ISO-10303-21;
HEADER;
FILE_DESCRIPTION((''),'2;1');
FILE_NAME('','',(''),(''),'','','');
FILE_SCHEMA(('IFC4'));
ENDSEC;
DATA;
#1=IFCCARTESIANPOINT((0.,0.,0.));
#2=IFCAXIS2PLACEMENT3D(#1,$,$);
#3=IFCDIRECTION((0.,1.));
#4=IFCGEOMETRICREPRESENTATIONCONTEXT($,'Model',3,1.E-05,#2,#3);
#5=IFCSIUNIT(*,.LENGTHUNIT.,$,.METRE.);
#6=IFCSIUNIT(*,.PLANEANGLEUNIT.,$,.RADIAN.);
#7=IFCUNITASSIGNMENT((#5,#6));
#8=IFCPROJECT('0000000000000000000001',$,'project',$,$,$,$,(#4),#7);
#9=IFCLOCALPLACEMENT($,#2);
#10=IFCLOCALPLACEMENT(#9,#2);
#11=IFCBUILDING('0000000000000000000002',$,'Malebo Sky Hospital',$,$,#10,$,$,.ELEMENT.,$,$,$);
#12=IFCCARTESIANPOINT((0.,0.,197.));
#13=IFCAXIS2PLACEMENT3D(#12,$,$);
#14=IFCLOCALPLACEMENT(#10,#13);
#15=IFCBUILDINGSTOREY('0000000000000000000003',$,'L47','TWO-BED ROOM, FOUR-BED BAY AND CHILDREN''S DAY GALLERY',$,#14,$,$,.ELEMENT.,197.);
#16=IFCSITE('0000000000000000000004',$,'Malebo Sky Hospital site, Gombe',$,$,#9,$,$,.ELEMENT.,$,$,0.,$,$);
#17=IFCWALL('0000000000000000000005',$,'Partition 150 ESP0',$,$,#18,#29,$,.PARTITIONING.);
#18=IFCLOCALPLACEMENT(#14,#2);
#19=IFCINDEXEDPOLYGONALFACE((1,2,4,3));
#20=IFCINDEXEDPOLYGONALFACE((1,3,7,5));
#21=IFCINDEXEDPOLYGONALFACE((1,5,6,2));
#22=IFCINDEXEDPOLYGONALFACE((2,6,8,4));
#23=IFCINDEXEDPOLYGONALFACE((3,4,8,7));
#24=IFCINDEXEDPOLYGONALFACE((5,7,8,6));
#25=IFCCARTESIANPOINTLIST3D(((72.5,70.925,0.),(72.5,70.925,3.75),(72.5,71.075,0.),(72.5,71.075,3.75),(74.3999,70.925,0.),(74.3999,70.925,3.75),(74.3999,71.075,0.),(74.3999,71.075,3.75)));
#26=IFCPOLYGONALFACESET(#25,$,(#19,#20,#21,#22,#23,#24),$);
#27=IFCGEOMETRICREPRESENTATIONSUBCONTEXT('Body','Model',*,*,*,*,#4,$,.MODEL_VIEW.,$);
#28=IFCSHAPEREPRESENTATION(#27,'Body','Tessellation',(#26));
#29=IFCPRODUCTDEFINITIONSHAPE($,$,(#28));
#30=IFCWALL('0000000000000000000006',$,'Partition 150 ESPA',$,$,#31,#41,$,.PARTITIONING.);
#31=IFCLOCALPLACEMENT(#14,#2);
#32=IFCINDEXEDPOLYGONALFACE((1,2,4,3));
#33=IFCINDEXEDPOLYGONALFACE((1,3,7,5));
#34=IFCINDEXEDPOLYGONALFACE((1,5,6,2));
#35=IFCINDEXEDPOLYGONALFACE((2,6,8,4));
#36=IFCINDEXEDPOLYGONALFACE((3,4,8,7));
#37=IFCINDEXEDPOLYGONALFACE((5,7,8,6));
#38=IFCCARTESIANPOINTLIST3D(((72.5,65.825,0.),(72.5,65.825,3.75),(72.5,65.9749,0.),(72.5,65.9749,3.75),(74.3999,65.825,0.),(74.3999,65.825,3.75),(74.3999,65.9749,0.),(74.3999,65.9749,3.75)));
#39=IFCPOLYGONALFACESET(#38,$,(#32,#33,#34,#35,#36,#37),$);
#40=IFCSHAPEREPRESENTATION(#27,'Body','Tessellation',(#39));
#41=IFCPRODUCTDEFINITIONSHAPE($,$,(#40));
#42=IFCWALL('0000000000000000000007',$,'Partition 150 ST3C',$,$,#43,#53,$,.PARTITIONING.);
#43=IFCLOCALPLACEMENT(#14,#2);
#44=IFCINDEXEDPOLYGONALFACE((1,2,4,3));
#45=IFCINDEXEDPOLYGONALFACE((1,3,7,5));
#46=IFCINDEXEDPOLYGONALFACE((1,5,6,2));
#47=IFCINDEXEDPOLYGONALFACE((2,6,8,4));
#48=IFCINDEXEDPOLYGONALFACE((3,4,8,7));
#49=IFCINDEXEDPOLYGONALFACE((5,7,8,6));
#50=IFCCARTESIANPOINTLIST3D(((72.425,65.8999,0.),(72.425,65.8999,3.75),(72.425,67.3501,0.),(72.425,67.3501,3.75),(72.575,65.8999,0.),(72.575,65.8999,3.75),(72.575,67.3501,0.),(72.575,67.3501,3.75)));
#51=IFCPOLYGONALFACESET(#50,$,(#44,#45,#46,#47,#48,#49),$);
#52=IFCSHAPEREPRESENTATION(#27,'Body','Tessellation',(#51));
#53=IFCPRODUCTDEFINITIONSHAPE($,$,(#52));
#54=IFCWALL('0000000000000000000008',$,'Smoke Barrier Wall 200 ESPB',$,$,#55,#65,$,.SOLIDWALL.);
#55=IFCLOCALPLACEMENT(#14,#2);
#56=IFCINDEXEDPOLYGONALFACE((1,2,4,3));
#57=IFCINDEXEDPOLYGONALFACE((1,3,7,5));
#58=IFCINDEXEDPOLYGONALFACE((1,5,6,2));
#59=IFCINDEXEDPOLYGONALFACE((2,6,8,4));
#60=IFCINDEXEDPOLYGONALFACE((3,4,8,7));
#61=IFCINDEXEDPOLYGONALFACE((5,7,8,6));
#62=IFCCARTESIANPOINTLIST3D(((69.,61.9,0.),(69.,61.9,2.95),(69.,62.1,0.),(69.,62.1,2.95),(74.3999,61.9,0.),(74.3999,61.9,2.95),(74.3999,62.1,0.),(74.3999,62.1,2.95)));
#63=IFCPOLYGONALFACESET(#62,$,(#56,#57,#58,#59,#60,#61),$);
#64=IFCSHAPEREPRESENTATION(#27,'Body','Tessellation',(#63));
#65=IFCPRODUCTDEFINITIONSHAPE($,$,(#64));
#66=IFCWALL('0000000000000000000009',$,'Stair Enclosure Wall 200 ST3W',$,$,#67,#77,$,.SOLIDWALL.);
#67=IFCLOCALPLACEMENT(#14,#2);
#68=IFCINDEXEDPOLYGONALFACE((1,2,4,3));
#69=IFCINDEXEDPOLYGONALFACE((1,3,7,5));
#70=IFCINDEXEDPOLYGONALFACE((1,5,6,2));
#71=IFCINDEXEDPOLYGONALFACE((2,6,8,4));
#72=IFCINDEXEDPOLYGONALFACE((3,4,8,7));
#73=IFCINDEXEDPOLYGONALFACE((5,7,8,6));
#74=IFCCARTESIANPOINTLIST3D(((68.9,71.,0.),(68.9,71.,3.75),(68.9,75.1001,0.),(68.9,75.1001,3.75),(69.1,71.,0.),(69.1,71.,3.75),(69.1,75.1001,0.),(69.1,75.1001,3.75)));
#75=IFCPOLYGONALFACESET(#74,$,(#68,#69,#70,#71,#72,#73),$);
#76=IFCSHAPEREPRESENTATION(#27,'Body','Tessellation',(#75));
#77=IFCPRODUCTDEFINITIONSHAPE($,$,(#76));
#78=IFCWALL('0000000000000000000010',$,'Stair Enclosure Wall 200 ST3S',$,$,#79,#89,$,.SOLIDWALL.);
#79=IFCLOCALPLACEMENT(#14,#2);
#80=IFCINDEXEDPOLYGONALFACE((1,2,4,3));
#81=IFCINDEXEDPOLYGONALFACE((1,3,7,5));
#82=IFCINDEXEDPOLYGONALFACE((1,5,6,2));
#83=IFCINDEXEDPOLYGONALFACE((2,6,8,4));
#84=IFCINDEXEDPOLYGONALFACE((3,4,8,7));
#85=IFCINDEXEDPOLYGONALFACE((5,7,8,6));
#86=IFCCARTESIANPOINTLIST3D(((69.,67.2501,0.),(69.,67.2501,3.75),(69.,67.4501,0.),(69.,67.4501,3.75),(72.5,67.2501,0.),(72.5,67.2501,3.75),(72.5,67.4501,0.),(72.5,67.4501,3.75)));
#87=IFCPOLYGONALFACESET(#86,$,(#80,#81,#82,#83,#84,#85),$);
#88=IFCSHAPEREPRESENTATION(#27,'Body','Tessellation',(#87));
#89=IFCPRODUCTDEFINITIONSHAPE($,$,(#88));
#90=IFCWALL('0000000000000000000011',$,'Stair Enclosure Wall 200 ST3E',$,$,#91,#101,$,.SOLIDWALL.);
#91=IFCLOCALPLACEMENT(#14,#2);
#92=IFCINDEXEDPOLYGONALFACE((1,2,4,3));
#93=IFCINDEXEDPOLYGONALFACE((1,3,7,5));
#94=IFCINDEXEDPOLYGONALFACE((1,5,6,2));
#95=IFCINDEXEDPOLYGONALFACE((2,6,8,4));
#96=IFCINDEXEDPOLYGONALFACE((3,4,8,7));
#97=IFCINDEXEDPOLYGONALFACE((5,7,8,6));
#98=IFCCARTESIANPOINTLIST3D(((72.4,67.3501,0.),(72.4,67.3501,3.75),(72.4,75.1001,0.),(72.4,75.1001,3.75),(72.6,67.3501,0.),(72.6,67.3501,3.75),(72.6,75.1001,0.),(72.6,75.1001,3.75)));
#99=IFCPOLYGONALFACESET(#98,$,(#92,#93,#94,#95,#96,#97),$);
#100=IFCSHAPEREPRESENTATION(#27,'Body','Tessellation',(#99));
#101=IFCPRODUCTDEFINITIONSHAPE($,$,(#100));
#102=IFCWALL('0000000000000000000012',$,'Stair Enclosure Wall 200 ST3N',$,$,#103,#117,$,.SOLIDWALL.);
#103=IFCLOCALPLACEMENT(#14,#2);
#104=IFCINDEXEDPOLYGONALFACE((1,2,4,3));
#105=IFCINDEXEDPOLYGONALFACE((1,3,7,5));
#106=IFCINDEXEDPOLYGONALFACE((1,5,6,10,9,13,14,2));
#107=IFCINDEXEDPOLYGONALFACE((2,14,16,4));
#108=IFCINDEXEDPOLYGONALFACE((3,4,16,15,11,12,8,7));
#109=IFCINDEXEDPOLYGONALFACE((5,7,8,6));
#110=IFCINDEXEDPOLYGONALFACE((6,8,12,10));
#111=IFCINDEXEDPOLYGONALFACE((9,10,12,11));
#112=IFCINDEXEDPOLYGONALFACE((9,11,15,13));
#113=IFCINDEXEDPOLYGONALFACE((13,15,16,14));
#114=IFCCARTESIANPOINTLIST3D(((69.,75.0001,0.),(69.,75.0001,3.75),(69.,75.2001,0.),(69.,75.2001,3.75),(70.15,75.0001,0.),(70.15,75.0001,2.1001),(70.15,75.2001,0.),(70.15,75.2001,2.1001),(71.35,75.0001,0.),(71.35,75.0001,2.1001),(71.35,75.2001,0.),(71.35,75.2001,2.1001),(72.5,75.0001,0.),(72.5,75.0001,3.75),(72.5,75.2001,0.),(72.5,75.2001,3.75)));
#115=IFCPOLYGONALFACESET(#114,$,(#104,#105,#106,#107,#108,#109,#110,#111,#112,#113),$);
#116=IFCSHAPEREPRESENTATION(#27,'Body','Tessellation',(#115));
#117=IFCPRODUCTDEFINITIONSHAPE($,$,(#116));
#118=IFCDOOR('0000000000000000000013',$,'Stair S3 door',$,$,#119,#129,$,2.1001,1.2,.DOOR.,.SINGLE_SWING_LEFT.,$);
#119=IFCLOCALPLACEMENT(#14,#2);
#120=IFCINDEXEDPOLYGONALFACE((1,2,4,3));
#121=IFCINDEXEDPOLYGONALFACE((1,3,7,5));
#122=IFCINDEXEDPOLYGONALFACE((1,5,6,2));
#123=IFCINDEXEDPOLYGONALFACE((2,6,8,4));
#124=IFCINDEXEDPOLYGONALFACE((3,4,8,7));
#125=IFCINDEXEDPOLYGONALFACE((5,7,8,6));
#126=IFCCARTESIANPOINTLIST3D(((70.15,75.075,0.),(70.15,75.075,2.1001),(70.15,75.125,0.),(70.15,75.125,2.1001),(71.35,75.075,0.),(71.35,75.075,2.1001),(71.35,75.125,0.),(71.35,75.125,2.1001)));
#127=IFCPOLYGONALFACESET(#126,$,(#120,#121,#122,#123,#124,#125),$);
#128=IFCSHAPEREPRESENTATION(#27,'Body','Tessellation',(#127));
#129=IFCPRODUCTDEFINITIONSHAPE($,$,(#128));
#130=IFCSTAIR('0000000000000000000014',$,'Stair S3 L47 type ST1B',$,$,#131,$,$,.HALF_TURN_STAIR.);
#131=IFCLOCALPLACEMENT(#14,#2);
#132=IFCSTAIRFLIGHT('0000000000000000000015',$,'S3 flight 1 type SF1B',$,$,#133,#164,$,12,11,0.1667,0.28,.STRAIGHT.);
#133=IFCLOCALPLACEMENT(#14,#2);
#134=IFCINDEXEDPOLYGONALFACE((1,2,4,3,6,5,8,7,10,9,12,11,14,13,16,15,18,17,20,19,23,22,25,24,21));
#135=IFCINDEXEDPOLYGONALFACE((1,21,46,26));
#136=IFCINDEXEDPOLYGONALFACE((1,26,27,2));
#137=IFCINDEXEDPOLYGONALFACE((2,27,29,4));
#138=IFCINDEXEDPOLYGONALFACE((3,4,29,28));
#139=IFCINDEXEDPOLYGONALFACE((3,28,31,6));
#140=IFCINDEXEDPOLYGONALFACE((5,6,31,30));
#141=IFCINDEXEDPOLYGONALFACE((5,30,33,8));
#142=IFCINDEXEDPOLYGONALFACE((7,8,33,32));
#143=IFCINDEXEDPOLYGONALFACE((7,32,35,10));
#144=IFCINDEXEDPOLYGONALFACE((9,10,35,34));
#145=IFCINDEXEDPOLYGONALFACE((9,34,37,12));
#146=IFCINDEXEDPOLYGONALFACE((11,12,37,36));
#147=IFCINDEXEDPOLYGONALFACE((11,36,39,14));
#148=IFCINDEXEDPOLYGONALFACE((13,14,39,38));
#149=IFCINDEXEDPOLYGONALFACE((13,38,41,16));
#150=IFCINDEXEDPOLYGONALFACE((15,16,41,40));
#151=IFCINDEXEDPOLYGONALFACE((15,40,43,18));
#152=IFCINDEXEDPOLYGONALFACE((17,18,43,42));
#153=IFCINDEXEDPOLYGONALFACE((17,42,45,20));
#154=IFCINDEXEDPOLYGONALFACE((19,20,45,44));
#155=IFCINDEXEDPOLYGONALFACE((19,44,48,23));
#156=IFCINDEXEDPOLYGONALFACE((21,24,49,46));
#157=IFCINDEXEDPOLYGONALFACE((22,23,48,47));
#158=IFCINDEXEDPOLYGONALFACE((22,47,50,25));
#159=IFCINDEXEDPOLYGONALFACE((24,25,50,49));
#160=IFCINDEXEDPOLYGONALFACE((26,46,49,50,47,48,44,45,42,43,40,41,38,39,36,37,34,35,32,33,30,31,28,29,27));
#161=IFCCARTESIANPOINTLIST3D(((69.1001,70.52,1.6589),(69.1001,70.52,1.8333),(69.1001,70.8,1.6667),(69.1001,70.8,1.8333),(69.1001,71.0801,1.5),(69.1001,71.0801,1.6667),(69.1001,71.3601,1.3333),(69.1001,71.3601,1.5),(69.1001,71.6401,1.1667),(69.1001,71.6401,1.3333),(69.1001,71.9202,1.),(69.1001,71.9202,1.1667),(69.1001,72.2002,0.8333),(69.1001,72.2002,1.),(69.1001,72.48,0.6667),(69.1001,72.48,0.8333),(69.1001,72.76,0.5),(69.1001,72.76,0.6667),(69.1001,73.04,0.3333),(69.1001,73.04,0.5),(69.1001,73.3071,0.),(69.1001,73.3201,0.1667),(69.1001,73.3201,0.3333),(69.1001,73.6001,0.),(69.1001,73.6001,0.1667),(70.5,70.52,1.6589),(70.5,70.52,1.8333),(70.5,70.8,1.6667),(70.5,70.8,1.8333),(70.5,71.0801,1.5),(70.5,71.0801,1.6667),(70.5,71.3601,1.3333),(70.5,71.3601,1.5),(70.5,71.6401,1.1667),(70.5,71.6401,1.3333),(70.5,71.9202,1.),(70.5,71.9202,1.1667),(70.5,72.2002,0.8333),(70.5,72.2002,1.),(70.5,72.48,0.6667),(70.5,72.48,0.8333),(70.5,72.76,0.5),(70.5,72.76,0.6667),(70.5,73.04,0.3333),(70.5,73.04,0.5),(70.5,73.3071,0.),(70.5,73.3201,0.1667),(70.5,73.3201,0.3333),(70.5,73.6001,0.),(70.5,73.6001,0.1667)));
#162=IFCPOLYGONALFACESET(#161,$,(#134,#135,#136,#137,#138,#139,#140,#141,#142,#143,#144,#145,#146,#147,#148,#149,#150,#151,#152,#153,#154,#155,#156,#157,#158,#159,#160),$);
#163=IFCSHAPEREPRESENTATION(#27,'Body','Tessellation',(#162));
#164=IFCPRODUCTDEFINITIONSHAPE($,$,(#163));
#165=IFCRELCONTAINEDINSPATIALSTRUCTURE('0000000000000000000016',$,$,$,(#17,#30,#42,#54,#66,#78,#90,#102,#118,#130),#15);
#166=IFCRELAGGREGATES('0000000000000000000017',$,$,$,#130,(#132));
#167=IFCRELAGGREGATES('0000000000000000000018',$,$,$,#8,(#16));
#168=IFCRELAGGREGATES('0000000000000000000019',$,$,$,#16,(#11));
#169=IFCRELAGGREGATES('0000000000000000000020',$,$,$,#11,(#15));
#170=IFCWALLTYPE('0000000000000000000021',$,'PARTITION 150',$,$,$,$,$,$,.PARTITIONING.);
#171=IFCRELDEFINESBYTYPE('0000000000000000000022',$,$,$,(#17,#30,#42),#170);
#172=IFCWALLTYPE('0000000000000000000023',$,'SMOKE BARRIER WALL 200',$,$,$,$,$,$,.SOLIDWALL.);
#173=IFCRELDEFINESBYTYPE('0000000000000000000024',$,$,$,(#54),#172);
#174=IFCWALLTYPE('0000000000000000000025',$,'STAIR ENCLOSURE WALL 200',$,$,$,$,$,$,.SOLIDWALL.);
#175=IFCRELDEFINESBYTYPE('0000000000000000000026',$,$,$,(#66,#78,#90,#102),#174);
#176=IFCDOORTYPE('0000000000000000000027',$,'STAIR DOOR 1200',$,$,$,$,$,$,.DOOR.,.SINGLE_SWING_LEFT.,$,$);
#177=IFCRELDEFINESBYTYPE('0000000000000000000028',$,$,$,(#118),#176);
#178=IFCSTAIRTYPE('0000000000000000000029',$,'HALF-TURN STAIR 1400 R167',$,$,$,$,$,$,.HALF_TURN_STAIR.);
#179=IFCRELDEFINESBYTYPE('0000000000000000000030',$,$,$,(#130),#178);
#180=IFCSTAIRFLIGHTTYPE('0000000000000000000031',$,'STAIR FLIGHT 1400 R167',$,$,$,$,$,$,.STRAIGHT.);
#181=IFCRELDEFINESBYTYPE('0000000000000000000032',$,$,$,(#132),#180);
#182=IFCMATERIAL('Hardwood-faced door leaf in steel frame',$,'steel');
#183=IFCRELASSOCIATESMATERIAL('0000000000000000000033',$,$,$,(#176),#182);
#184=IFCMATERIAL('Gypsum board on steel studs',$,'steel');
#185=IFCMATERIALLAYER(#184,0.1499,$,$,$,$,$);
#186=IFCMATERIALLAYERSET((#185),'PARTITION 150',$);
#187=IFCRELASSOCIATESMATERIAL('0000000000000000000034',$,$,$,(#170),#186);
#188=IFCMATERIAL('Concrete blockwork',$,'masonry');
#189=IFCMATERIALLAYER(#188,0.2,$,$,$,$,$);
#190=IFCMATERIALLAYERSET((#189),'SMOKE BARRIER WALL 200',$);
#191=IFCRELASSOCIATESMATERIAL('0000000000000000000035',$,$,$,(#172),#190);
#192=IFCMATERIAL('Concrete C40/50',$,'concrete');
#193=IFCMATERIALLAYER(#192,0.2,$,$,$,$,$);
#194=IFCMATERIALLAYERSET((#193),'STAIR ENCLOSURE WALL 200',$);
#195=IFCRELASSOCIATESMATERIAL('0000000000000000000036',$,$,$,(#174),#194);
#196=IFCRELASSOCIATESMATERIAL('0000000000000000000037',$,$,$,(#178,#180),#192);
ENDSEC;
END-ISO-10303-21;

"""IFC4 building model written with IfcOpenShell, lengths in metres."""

from ifc_helpers import new_model, si_unit, direction, frame, frame_2d, origin, place, context, subcontext, project, spatial, polyline, rectangle, outline, extrude, material, layer, layer_set, type_object, element, fill, aggregate, save


model = new_model("IFC4")

# Units and contexts
model_context = context("Model", 3, precision=1e-05, world=origin(), true_north=direction((0.0, 1.0)))
body_context = subcontext(model_context, "Body", "Model", "MODEL_VIEW")
ifc_project = project(units=[si_unit("LENGTHUNIT", "METRE"), si_unit("PLANEANGLEUNIT", "RADIAN")], contexts=[model_context])

# Site, building, storey
site_placement = place(None, origin())
site = spatial("IfcSite", under=ifc_project, at=site_placement, Name="Malebo Sky Hospital site, Gombe", CompositionType="ELEMENT", RefElevation=0.0)
building_placement = place(site_placement, origin())
building = spatial("IfcBuilding", under=site, at=building_placement, Name="Malebo Sky Hospital", CompositionType="ELEMENT")
storey_placement = place(building_placement, frame((0.0, 0.0, 197.0)))
storey = spatial("IfcBuildingStorey", under=building, at=storey_placement, Name="L47", Description="TWO-BED ROOM, FOUR-BED BAY AND CHILDREN'S DAY GALLERY", CompositionType="ELEMENT", Elevation=197.0)

# Shared definitions
ifc_material_1 = material(Name="Hardwood-faced door leaf in steel frame", Category="steel")
door_type_1 = type_object("IfcDoorType", Name="STAIR DOOR 1200", OperationType="SINGLE_SWING_LEFT", PredefinedType="DOOR", material=ifc_material_1)
ifc_material_2 = material(Name="Gypsum board on steel studs", Category="steel")

# Shared definitions
ifc_layer_1 = layer(ifc_material_2, 0.1499)
ifc_layer_set_1 = layer_set([ifc_layer_1], Name="PARTITION 150")
wall_type_1 = type_object("IfcWallType", Name="PARTITION 150", PredefinedType="PARTITIONING", material=ifc_layer_set_1)

# Walls
for number, where, z_axis, x_axis, name in (
    (1, (72.5, 71.0, 0.0), (0.0, 0.0, 1.0), (1.0, 0.0, 0.0), "Partition 150 ESP0"),
    (2, (72.5, 65.8999, 0.0), (0.0, 0.0, 1.0), (1.0, 0.0, 0.0), "Partition 150 ESPA"),
):
    element("IfcWall", number, at=place(storey_placement, frame(where, z_axis=z_axis, x_axis=x_axis)), inside=storey, type_object=wall_type_1, Name=name, PredefinedType="PARTITIONING", context=body_context, shape_type="SweptSolid", body=[
        extrude(rectangle(XDim=1.8999, YDim=0.1499, at=frame_2d((0.95, 0.0))), origin(), (0.0, 0.0, 1.0), 3.75),
    ])
wall_1_placement = place(storey_placement, frame((72.5, 65.8999, 0.0), z_axis=(0.0, 0.0, 1.0), x_axis=(0.0, 1.0, 0.0)))
element("IfcWall", 3, at=wall_1_placement, inside=storey, type_object=wall_type_1, Name="Partition 150 ST3C", PredefinedType="PARTITIONING", context=body_context, shape_type="SweptSolid", body=[
    extrude(rectangle(XDim=1.4502, YDim=0.1499, at=frame_2d((0.7251, 0.0))), origin(), (0.0, 0.0, 1.0), 3.75),
])
ifc_material_3 = material(Name="Concrete blockwork", Category="masonry")
ifc_layer_2 = layer(ifc_material_3, 0.2)
ifc_layer_set_2 = layer_set([ifc_layer_2], Name="SMOKE BARRIER WALL 200")
wall_type_2 = type_object("IfcWallType", Name="SMOKE BARRIER WALL 200", PredefinedType="SOLIDWALL", material=ifc_layer_set_2)
wall_2_placement = place(storey_placement, frame((69.0, 62.0, 0.0), z_axis=(0.0, 0.0, 1.0), x_axis=(1.0, 0.0, 0.0)))
element("IfcWall", 4, at=wall_2_placement, inside=storey, type_object=wall_type_2, Name="Smoke Barrier Wall 200 ESPB", PredefinedType="SOLIDWALL", context=body_context, shape_type="SweptSolid", body=[
    extrude(rectangle(XDim=5.3999, YDim=0.2, at=frame_2d((2.7, 0.0))), origin(), (0.0, 0.0, 1.0), 2.95),
])
ifc_material_4 = material(Name="Concrete C40/50", Category="concrete")
ifc_layer_3 = layer(ifc_material_4, 0.2)
ifc_layer_set_3 = layer_set([ifc_layer_3], Name="STAIR ENCLOSURE WALL 200")
wall_type_3 = type_object("IfcWallType", Name="STAIR ENCLOSURE WALL 200", PredefinedType="SOLIDWALL", material=ifc_layer_set_3)
wall_3_placement = place(storey_placement, frame((69.0, 71.0, 0.0), z_axis=(0.0, 0.0, 1.0), x_axis=(0.0, 1.0, 0.0)))
element("IfcWall", 5, at=wall_3_placement, inside=storey, type_object=wall_type_3, Name="Stair Enclosure Wall 200 ST3W", PredefinedType="SOLIDWALL", context=body_context, shape_type="SweptSolid", body=[
    extrude(rectangle(XDim=4.1001, YDim=0.2, at=frame_2d((2.05, 0.0))), origin(), (0.0, 0.0, 1.0), 3.75),
])
wall_4_placement = place(storey_placement, frame((69.0, 67.3501, 0.0), z_axis=(0.0, 0.0, 1.0), x_axis=(1.0, 0.0, 0.0)))
element("IfcWall", 6, at=wall_4_placement, inside=storey, type_object=wall_type_3, Name="Stair Enclosure Wall 200 ST3S", PredefinedType="SOLIDWALL", context=body_context, shape_type="SweptSolid", body=[
    extrude(rectangle(XDim=3.5, YDim=0.2, at=frame_2d((1.75, 0.0))), origin(), (0.0, 0.0, 1.0), 3.75),
])
wall_5_placement = place(storey_placement, frame((72.5, 67.3501, 0.0), z_axis=(0.0, 0.0, 1.0), x_axis=(0.0, 1.0, 0.0)))
element("IfcWall", 7, at=wall_5_placement, inside=storey, type_object=wall_type_3, Name="Stair Enclosure Wall 200 ST3E", PredefinedType="SOLIDWALL", context=body_context, shape_type="SweptSolid", body=[
    extrude(rectangle(XDim=7.75, YDim=0.2, at=frame_2d((3.875, 0.0))), origin(), (0.0, 0.0, 1.0), 3.75),
])

# Wall, opening, door
wall_6_placement = place(storey_placement, frame((69.0, 75.1001, 0.0), z_axis=(0.0, 0.0, 1.0), x_axis=(1.0, 0.0, 0.0)))
wall_6 = element("IfcWall", 8, at=wall_6_placement, inside=storey, type_object=wall_type_3, Name="Stair Enclosure Wall 200 ST3N", PredefinedType="SOLIDWALL", context=body_context, shape_type="SweptSolid", body=[
    extrude(rectangle(XDim=3.5, YDim=0.2, at=frame_2d((1.75, 0.0))), origin(), (0.0, 0.0, 1.0), 3.75),
])
opening_1_placement = place(wall_6_placement, frame((1.1499, 0.0, 0.0)))
opening_1 = element("IfcOpeningElement", 9, at=opening_1_placement, cuts=wall_6, PredefinedType="OPENING", context=body_context, shape_type="SweptSolid", body=[
    extrude(rectangle(XDim=1.2, YDim=2.1001, at=frame_2d((0.6001, 1.05))), frame((0.0, 0.1099, 0.0), z_axis=(0.0, -1.0, 0.0), x_axis=(1.0, 0.0, 0.0)), (0.0, 0.0, 1.0), 0.22),
])
door_1_placement = place(opening_1_placement, origin())
door_1 = element("IfcDoor", 10, at=door_1_placement, inside=storey, type_object=door_type_1, Name="Stair S3 door", OperationType="SINGLE_SWING_LEFT", OverallHeight=2.1001, OverallWidth=1.2, PredefinedType="DOOR", context=body_context, shape_type="SweptSolid", body=[
    extrude(rectangle(XDim=1.2, YDim=2.1001, at=frame_2d((0.6001, 1.05))), frame((0.0, 0.0249, 0.0), z_axis=(0.0, -1.0, 0.0), x_axis=(1.0, 0.0, 0.0)), (0.0, 0.0, 1.0), 0.05),
])
fill(opening_1, door_1)

# Stair, stair flight
stair_type = type_object("IfcStairType", Name="HALF-TURN STAIR 1400 R167", PredefinedType="HALF_TURN_STAIR", material=ifc_material_4)
stair_placement = place(storey_placement, origin())
stair = element("IfcStair", 11, at=stair_placement, inside=storey, type_object=stair_type, Name="Stair S3 L47 type ST1B", PredefinedType="HALF_TURN_STAIR")
stair_flight_type = type_object("IfcStairFlightType", Name="STAIR FLIGHT 1400 R167", PredefinedType="STRAIGHT", material=ifc_material_4)
stair_flight_1_placement = place(storey_placement, frame((69.8, 73.6001, 0.0), z_axis=(0.0, 0.0, 1.0), x_axis=(0.0, -1.0, 0.0)))
stair_flight_1 = element("IfcStairFlight", 12, at=stair_flight_1_placement, type_object=stair_flight_type, Name="S3 flight 1 type SF1B", NumberOfRisers=12, NumberOfTreads=11, PredefinedType="STRAIGHT", RiserHeight=0.1667, TreadLength=0.28, context=body_context, shape_type="SweptSolid", body=[
    extrude(outline(polyline([(0.0, 0.0), (0.0, 0.1667), (0.28, 0.1667), (0.28, 0.3333), (0.5601, 0.3333), (0.5601, 0.5), (0.8401, 0.5), (0.8401, 0.6667), (1.1201, 0.6667), (1.1201, 0.8333), (1.3999, 0.8333), (1.3999, 1.0), (1.6799, 1.0), (1.6799, 1.1667), (1.96, 1.1667), (1.96, 1.3333), (2.24, 1.3333), (2.24, 1.5), (2.52, 1.5), (2.52, 1.6667), (2.8, 1.6667), (2.8, 1.8333), (3.0801, 1.8333), (3.0801, 2.0), (3.0801, 1.6589), (0.293, 0.0), (0.0, 0.0)])), frame((0.0, 0.7, 0.0), z_axis=(0.0, -1.0, 0.0), x_axis=(1.0, 0.0, 0.0)), (0.0, 0.0, 1.0), 1.3999),
])
aggregate(stair, [stair_flight_1])

save(model, "model.ifc")
